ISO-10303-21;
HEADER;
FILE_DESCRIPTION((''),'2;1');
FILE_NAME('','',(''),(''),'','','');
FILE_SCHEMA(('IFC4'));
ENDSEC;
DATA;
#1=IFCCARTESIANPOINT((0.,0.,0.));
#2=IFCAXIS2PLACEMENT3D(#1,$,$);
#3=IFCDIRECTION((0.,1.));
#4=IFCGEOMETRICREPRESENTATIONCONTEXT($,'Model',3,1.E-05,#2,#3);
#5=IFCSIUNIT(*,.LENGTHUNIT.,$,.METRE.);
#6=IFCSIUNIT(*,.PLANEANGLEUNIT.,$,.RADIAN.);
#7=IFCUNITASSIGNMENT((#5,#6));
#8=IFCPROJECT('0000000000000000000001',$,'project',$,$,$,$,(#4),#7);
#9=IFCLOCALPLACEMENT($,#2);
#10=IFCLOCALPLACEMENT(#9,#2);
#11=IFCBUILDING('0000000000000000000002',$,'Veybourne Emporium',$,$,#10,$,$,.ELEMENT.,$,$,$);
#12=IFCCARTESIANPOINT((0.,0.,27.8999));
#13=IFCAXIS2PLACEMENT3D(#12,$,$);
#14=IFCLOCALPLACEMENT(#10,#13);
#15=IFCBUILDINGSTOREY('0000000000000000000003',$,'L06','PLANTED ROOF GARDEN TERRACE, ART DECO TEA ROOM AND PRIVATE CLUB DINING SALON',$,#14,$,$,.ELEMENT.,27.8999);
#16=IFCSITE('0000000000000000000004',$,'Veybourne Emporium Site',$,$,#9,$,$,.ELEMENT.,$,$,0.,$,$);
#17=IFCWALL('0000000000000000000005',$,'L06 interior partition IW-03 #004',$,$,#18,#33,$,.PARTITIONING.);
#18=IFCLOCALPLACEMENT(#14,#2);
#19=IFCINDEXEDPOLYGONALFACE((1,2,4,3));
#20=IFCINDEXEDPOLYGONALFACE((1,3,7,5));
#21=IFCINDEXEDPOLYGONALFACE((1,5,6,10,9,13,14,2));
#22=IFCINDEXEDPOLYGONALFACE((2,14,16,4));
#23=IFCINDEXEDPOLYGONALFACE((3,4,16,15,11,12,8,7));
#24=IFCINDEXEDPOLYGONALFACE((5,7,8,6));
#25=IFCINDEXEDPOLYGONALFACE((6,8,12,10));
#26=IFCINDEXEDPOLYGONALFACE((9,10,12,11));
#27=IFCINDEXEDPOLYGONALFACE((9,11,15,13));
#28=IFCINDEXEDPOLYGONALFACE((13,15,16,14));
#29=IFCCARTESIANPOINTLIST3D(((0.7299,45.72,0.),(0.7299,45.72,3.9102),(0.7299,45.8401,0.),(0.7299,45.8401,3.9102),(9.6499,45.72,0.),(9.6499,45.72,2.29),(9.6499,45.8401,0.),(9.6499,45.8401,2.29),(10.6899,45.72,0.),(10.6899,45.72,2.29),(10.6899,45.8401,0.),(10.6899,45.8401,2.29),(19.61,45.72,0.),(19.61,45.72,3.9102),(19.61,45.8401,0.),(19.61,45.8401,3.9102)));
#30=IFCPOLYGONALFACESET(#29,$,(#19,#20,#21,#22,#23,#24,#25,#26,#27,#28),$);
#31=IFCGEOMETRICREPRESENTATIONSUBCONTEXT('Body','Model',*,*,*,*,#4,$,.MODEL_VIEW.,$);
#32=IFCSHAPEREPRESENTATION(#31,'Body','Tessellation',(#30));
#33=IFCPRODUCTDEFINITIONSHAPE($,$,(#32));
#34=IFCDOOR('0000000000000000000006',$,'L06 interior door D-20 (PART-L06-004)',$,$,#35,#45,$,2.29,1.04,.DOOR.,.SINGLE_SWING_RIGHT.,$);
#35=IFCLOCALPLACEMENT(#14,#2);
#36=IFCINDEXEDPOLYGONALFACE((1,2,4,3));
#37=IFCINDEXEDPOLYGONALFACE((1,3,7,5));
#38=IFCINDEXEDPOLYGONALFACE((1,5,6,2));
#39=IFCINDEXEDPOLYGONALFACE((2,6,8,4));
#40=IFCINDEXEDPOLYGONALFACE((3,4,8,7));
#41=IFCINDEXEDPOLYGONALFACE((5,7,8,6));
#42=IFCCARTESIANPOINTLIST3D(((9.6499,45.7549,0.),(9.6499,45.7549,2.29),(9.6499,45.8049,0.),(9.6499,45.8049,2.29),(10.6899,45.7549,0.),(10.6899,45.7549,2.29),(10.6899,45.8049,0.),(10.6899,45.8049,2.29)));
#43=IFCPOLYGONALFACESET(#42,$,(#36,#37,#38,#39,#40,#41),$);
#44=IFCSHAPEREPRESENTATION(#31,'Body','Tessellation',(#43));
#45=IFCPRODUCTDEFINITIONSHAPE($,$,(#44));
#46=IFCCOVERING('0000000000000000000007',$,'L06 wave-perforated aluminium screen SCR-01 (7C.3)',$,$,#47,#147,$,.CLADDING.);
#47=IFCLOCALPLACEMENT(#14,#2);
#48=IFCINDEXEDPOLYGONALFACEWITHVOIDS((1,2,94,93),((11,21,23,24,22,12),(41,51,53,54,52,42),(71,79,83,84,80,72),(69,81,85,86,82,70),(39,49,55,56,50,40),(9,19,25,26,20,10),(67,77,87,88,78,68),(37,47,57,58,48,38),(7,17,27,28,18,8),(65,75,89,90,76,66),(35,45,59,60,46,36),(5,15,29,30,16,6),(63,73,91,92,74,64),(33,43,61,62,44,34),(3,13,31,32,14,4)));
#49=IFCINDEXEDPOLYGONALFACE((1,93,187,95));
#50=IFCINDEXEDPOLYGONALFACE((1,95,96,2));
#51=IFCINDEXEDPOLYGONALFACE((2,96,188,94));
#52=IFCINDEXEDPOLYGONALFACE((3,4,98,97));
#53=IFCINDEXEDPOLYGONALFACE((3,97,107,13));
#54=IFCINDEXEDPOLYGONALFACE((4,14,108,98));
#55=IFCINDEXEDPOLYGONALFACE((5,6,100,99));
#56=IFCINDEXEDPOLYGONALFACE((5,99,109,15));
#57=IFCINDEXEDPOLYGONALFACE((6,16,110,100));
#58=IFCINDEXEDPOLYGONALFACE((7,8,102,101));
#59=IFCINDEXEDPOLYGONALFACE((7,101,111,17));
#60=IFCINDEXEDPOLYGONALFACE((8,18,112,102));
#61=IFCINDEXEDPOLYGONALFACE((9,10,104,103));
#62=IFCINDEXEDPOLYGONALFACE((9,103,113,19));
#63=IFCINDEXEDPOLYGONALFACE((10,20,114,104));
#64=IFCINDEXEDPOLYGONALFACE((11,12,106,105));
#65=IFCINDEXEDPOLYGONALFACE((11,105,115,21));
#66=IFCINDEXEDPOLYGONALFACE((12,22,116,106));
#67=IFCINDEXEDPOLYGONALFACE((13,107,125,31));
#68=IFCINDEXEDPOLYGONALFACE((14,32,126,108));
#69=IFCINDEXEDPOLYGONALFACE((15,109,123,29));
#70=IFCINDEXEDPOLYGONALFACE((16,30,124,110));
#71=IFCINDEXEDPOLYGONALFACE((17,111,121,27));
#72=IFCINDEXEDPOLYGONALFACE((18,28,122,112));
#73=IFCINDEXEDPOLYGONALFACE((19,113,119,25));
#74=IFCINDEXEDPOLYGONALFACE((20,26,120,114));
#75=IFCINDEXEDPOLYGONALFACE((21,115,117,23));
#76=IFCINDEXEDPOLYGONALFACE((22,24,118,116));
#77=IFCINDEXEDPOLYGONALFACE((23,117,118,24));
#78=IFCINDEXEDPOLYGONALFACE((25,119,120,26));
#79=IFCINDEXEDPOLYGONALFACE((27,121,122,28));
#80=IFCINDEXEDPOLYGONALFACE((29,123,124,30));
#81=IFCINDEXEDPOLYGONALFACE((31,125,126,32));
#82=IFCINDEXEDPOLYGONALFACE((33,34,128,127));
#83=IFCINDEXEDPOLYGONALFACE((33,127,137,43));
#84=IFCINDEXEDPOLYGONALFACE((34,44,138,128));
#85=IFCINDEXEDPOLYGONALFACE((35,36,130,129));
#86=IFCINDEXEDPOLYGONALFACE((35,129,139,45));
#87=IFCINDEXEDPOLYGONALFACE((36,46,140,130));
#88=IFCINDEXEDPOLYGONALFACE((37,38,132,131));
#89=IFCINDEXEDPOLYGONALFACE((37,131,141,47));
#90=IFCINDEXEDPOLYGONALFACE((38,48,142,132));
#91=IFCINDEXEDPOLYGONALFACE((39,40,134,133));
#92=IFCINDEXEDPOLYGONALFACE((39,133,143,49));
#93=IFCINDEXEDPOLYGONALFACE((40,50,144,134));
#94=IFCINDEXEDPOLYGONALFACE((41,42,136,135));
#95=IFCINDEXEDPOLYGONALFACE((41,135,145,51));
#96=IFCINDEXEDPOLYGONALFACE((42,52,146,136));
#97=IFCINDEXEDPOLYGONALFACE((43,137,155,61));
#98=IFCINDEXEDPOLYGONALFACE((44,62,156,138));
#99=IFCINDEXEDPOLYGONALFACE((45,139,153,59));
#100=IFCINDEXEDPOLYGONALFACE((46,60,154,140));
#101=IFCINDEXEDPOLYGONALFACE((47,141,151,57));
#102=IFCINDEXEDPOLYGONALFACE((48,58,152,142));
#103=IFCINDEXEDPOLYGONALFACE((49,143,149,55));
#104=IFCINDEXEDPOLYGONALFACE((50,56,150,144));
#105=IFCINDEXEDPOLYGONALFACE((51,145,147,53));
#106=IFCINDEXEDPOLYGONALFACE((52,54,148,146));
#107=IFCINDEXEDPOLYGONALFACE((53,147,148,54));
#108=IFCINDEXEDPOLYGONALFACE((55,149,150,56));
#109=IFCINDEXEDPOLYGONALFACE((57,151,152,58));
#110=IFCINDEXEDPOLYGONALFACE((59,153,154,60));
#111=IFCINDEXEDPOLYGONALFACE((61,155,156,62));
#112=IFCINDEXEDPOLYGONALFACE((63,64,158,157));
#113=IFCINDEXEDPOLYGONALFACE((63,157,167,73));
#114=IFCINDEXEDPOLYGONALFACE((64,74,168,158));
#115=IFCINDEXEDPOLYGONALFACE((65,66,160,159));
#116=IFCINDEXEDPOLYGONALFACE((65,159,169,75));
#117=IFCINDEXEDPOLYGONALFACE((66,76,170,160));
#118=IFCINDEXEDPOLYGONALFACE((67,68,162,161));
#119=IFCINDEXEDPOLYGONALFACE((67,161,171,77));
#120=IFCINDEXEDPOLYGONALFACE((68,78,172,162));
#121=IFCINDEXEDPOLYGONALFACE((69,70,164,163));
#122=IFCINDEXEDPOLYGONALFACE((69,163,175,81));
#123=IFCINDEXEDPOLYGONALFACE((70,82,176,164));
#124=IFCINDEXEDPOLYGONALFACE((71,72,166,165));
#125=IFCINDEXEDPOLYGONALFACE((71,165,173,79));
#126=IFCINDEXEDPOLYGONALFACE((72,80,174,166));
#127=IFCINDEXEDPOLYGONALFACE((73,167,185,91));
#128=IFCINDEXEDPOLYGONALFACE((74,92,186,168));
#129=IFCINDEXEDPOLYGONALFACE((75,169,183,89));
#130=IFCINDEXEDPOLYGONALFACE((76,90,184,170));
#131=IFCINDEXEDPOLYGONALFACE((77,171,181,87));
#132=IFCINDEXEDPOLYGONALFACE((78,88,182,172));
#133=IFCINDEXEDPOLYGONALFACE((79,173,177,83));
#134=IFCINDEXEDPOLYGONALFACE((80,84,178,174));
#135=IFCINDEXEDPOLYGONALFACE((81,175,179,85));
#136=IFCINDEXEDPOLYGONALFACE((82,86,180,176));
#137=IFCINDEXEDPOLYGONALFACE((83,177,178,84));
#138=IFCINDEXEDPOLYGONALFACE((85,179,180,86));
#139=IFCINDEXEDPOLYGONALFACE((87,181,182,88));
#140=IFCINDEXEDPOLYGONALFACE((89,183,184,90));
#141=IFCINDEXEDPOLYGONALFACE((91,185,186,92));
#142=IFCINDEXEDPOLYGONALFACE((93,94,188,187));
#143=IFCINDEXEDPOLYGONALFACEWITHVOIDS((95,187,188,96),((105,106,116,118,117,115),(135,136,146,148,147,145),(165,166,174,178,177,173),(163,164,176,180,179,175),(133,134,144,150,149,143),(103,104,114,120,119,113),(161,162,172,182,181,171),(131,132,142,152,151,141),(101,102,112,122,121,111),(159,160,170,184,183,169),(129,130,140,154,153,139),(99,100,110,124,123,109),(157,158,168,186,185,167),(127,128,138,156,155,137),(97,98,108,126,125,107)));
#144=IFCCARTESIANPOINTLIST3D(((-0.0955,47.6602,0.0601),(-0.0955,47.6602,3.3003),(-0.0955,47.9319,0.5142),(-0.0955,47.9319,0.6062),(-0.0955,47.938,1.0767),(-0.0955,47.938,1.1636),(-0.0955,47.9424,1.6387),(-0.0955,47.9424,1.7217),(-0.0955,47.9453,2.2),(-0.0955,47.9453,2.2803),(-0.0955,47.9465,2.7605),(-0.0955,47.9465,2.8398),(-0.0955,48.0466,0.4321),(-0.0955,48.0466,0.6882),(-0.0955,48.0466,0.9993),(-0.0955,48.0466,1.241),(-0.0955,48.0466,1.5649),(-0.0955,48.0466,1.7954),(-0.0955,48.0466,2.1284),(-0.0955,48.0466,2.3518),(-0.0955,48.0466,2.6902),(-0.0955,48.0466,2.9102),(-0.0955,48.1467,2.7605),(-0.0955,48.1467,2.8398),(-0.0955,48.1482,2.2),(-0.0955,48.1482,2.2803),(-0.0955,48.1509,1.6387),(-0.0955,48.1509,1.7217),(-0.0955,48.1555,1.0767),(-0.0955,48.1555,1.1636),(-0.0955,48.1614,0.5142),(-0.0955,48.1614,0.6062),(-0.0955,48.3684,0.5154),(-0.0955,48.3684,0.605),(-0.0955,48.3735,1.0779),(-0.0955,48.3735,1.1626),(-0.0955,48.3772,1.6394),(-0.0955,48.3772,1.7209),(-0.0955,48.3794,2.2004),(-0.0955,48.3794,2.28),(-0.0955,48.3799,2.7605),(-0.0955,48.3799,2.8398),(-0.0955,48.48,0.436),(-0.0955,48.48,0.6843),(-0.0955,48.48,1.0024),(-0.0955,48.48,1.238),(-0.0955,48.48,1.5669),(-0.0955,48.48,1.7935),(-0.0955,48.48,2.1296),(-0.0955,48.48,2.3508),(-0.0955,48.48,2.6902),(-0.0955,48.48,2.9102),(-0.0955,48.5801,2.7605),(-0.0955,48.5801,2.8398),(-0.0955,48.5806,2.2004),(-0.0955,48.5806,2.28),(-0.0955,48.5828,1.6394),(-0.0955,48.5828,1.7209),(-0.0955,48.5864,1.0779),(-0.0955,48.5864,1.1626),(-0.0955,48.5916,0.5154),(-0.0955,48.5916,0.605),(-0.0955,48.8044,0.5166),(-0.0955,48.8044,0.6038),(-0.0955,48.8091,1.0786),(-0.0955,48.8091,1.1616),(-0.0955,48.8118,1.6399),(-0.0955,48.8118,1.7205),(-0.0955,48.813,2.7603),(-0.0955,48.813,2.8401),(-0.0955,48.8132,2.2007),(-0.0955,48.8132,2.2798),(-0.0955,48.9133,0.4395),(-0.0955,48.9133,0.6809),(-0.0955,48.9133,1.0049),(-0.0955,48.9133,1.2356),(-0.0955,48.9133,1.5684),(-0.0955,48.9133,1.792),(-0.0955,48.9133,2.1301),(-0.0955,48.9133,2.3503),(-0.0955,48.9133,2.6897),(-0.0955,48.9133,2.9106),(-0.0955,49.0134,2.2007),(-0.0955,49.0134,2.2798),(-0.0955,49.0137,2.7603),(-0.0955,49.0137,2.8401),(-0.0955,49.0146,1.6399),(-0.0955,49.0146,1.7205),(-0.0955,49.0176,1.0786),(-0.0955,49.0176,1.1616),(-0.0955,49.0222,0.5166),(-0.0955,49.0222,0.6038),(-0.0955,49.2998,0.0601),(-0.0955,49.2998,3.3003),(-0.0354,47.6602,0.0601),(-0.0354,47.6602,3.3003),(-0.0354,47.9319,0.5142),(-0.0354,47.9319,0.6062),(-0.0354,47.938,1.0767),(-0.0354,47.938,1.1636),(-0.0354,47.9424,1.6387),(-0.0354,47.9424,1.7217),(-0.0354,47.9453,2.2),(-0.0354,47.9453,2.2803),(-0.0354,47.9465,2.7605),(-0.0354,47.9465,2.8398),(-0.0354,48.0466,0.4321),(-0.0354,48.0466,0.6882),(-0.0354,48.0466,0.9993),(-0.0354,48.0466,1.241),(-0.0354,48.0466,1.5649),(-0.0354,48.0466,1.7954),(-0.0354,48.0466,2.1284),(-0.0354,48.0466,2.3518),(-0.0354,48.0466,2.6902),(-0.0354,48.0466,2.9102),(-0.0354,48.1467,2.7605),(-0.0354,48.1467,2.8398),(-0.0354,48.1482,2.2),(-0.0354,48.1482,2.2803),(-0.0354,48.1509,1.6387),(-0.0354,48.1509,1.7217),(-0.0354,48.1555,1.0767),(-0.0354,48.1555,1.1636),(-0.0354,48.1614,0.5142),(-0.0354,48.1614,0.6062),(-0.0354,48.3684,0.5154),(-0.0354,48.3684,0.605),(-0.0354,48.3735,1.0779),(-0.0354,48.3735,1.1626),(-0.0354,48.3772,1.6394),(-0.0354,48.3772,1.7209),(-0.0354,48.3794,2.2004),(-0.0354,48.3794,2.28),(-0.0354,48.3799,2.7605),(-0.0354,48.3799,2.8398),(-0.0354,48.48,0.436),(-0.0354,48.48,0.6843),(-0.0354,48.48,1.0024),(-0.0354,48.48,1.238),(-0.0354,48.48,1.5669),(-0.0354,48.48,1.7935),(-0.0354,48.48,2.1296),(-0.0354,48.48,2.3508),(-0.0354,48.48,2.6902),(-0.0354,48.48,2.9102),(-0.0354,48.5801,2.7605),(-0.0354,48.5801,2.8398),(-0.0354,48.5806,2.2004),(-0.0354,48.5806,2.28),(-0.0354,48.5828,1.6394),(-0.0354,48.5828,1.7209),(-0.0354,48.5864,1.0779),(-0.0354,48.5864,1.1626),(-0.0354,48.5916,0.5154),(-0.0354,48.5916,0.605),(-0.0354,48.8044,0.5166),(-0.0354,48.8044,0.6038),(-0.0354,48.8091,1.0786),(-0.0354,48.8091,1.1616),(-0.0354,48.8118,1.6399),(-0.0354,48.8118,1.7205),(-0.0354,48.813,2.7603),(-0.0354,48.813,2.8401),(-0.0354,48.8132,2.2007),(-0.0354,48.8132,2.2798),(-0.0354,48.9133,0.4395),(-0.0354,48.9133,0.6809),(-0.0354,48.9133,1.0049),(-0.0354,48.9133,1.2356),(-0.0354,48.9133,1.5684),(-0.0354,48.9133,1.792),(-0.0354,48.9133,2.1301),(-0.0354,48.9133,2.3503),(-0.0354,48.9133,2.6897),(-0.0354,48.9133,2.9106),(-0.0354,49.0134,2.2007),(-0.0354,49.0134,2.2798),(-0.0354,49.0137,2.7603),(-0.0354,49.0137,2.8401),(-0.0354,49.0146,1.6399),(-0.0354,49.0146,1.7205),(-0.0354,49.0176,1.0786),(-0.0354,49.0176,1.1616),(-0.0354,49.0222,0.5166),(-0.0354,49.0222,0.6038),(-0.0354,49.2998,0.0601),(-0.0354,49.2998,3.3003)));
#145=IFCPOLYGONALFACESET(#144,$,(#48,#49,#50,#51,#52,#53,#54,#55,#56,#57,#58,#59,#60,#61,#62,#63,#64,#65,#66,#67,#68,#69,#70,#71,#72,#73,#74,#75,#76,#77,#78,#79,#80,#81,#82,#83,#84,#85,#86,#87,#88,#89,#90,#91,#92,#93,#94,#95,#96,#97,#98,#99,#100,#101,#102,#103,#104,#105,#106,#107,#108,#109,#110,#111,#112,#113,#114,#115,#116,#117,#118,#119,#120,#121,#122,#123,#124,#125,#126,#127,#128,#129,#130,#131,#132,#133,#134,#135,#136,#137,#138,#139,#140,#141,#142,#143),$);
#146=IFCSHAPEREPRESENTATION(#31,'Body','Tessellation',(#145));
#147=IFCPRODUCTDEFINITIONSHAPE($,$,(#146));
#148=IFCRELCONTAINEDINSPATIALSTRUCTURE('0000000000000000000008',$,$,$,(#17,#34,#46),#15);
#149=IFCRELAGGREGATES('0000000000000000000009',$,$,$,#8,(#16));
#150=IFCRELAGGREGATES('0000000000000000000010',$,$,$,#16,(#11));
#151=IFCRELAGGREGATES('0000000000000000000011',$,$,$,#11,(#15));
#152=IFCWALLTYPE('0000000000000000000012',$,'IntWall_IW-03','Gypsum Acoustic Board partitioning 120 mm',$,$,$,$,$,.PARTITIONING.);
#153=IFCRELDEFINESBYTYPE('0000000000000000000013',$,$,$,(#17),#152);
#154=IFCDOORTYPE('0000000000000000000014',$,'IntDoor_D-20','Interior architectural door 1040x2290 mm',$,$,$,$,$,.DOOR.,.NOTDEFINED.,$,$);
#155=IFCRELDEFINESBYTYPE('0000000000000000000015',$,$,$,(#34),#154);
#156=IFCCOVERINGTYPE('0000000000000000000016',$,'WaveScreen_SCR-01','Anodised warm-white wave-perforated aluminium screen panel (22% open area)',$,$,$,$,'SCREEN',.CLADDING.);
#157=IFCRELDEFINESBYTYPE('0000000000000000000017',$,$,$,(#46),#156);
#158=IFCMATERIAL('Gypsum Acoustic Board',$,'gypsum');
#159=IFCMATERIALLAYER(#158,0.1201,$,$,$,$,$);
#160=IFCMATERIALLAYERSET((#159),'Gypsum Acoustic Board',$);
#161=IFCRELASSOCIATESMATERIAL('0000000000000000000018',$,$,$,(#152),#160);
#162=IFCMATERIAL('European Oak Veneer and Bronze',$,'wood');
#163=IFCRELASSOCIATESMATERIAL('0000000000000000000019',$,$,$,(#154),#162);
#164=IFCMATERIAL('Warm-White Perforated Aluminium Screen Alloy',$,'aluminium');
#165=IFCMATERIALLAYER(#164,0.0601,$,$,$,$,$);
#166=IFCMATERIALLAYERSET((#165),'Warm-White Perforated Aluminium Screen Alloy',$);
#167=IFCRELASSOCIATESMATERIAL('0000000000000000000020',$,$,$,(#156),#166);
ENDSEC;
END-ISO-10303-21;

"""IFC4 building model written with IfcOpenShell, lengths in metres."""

from ifc_helpers import new_model, si_unit, direction, frame, frame_2d, origin, place, context, subcontext, project, spatial, polyline, rectangle, outline, extrude, material, layer, layer_set, type_object, element, fill, save


model = new_model("IFC4")

# Units and contexts
model_context = context("Model", 3, precision=1e-05, world=origin(), true_north=direction((0.0, 1.0)))
body_context = subcontext(model_context, "Body", "Model", "MODEL_VIEW")
ifc_project = project(units=[si_unit("LENGTHUNIT", "METRE"), si_unit("PLANEANGLEUNIT", "RADIAN")], contexts=[model_context])

# Site, building, storey
site_placement = place(None, origin())
site = spatial("IfcSite", under=ifc_project, at=site_placement, Name="Veybourne Emporium Site", CompositionType="ELEMENT", RefElevation=0.0)
building_placement = place(site_placement, origin())
building = spatial("IfcBuilding", under=site, at=building_placement, Name="Veybourne Emporium", CompositionType="ELEMENT")
storey_placement = place(building_placement, frame((0.0, 0.0, 27.8999)))
storey = spatial("IfcBuildingStorey", under=building, at=storey_placement, Name="L06", Description="PLANTED ROOF GARDEN TERRACE, ART DECO TEA ROOM AND PRIVATE CLUB DINING SALON", CompositionType="ELEMENT", Elevation=27.8999)

# Wall, opening, door
ifc_material_1 = material(Name="Gypsum Acoustic Board", Category="gypsum")
ifc_layer_1 = layer(ifc_material_1, 0.1201)
ifc_layer_set_1 = layer_set([ifc_layer_1], Name="Gypsum Acoustic Board")
wall_type_1 = type_object("IfcWallType", Name="IntWall_IW-03", Description="Gypsum Acoustic Board partitioning 120 mm", PredefinedType="PARTITIONING", material=ifc_layer_set_1)
wall_1_placement = place(storey_placement, frame((0.73, 45.78, 0.0), z_axis=(0.0, 0.0, 1.0), x_axis=(1.0, 0.0, 0.0)))
wall_1 = element("IfcWall", 1, at=wall_1_placement, inside=storey, type_object=wall_type_1, Name="L06 interior partition IW-03 #004", PredefinedType="PARTITIONING", context=body_context, shape_type="SweptSolid", body=[
    extrude(rectangle(XDim=18.8801, YDim=0.1201, at=frame_2d((9.4399, 0.0))), origin(), (0.0, 0.0, 1.0), 3.9102),
])
opening_1_placement = place(wall_1_placement, frame((8.9199, 0.0, 0.0)))
opening_1 = element("IfcOpeningElement", 2, at=opening_1_placement, cuts=wall_1, PredefinedType="OPENING", context=body_context, shape_type="SweptSolid", body=[
    extrude(rectangle(XDim=1.04, YDim=2.29, at=frame_2d((0.52, 1.145))), frame((0.0, 0.0801, 0.0), z_axis=(0.0, -1.0, 0.0), x_axis=(1.0, 0.0, 0.0)), (0.0, 0.0, 1.0), 0.1602),
])
ifc_material_2 = material(Name="European Oak Veneer and Bronze", Category="wood")
door_type = type_object("IfcDoorType", Name="IntDoor_D-20", Description="Interior architectural door 1040x2290 mm", OperationType="NOTDEFINED", PredefinedType="DOOR", material=ifc_material_2)
door_placement = place(opening_1_placement, origin())
door = element("IfcDoor", 3, at=door_placement, inside=storey, type_object=door_type, Name="L06 interior door D-20 (PART-L06-004)", OperationType="SINGLE_SWING_RIGHT", OverallHeight=2.29, OverallWidth=1.04, PredefinedType="DOOR", context=body_context, shape_type="SweptSolid", body=[
    extrude(rectangle(XDim=1.04, YDim=2.29, at=frame_2d((0.52, 1.145))), frame((0.0, 0.0249, 0.0), z_axis=(0.0, -1.0, 0.0), x_axis=(1.0, 0.0, 0.0)), (0.0, 0.0, 1.0), 0.05),
])
fill(opening_1, door)

# Covering
ifc_material_3 = material(Name="Warm-White Perforated Aluminium Screen Alloy", Category="aluminium")
ifc_layer_2 = layer(ifc_material_3, 0.0601)
ifc_layer_set_2 = layer_set([ifc_layer_2], Name="Warm-White Perforated Aluminium Screen Alloy")
covering_type_1 = type_object("IfcCoveringType", Name="WaveScreen_SCR-01", Description="Anodised warm-white wave-perforated aluminium screen panel (22% open area)", ElementType="SCREEN", PredefinedType="CLADDING", material=ifc_layer_set_2)
covering_1_placement = place(storey_placement, frame((-0.0955, 48.48, 1.6802), z_axis=(1.0, 0.0, 0.0), x_axis=(0.0, 1.0, 0.0)))
element("IfcCovering", 4, at=covering_1_placement, inside=storey, type_object=covering_type_1, Name="L06 wave-perforated aluminium screen SCR-01 (7C.3)", PredefinedType="CLADDING", context=body_context, shape_type="SweptSolid", body=[
    extrude(outline(polyline([(-0.8198, -1.6201), (0.8198, -1.6201), (0.8198, 1.6201), (-0.8198, 1.6201), (-0.8198, -1.6201)]), holes=[polyline([(-0.4333, -0.9919), (-0.3186, -1.074), (-0.3186, -1.166), (-0.4333, -1.248), (-0.5481, -1.166), (-0.5481, -1.074), (-0.4333, -0.9919)]), polyline([(-0.4333, -0.4392), (-0.3245, -0.5166), (-0.3245, -0.6035), (-0.4333, -0.6809), (-0.542, -0.6035), (-0.542, -0.5166), (-0.4333, -0.4392)]), polyline([(-0.4333, 0.1152), (-0.3291, 0.0415), (-0.3291, -0.0415), (-0.4333, -0.1152), (-0.5376, -0.0415), (-0.5376, 0.0415), (-0.4333, 0.1152)]), polyline([(-0.4333, 0.6716), (-0.3318, 0.6001), (-0.3318, 0.5198), (-0.4333, 0.4482), (-0.5347, 0.5198), (-0.5347, 0.6001), (-0.4333, 0.6716)]), polyline([(-0.4333, 1.23), (-0.3333, 1.1597), (-0.3333, 1.0803), (-0.4333, 1.01), (-0.5334, 1.0803), (-0.5334, 1.1597), (-0.4333, 1.23)]), polyline([(0.0, -0.9958), (0.1116, -1.0752), (0.1116, -1.1648), (0.0, -1.2441), (-0.1116, -1.1648), (-0.1116, -1.0752), (0.0, -0.9958)]), polyline([(0.0, -0.4421), (0.1064, -0.5176), (0.1064, -0.6023), (0.0, -0.6777), (-0.1064, -0.6023), (-0.1064, -0.5176), (0.0, -0.4421)]), polyline([(0.0, 0.1133), (0.1028, 0.0408), (0.1028, -0.0408), (0.0, -0.1133), (-0.1028, -0.0408), (-0.1028, 0.0408), (0.0, 0.1133)]), polyline([(0.0, 0.6707), (0.1006, 0.5999), (0.1006, 0.5203), (0.0, 0.4495), (-0.1006, 0.5203), (-0.1006, 0.5999), (0.0, 0.6707)]), polyline([(0.0, 1.23), (0.1001, 1.1597), (0.1001, 1.0803), (0.0, 1.01), (-0.1001, 1.0803), (-0.1001, 1.1597), (0.0, 1.23)]), polyline([(0.4333, -0.9993), (0.5422, -1.0764), (0.5422, -1.1636), (0.4333, -1.2407), (0.3245, -1.1636), (0.3245, -1.0764), (0.4333, -0.9993)]), polyline([(0.4333, -0.4446), (0.5376, -0.5186), (0.5376, -0.6016), (0.4333, -0.6753), (0.3291, -0.6016), (0.3291, -0.5186), (0.4333, -0.4446)]), polyline([(0.4333, 0.1118), (0.5347, 0.0403), (0.5347, -0.0403), (0.4333, -0.1118), (0.3318, -0.0403), (0.3318, 0.0403), (0.4333, 0.1118)]), polyline([(0.4333, 0.6702), (0.5334, 0.5996), (0.5334, 0.5205), (0.4333, 0.45), (0.3333, 0.5205), (0.3333, 0.5996), (0.4333, 0.6702)]), polyline([(0.4333, 1.2305), (0.5337, 1.1599), (0.5337, 1.0801), (0.4333, 1.0095), (0.333, 1.0801), (0.333, 1.1599), (0.4333, 1.2305)])]), origin(), (0.0, 0.0, 1.0), 0.0601),
])

save(model, "model.ifc")
